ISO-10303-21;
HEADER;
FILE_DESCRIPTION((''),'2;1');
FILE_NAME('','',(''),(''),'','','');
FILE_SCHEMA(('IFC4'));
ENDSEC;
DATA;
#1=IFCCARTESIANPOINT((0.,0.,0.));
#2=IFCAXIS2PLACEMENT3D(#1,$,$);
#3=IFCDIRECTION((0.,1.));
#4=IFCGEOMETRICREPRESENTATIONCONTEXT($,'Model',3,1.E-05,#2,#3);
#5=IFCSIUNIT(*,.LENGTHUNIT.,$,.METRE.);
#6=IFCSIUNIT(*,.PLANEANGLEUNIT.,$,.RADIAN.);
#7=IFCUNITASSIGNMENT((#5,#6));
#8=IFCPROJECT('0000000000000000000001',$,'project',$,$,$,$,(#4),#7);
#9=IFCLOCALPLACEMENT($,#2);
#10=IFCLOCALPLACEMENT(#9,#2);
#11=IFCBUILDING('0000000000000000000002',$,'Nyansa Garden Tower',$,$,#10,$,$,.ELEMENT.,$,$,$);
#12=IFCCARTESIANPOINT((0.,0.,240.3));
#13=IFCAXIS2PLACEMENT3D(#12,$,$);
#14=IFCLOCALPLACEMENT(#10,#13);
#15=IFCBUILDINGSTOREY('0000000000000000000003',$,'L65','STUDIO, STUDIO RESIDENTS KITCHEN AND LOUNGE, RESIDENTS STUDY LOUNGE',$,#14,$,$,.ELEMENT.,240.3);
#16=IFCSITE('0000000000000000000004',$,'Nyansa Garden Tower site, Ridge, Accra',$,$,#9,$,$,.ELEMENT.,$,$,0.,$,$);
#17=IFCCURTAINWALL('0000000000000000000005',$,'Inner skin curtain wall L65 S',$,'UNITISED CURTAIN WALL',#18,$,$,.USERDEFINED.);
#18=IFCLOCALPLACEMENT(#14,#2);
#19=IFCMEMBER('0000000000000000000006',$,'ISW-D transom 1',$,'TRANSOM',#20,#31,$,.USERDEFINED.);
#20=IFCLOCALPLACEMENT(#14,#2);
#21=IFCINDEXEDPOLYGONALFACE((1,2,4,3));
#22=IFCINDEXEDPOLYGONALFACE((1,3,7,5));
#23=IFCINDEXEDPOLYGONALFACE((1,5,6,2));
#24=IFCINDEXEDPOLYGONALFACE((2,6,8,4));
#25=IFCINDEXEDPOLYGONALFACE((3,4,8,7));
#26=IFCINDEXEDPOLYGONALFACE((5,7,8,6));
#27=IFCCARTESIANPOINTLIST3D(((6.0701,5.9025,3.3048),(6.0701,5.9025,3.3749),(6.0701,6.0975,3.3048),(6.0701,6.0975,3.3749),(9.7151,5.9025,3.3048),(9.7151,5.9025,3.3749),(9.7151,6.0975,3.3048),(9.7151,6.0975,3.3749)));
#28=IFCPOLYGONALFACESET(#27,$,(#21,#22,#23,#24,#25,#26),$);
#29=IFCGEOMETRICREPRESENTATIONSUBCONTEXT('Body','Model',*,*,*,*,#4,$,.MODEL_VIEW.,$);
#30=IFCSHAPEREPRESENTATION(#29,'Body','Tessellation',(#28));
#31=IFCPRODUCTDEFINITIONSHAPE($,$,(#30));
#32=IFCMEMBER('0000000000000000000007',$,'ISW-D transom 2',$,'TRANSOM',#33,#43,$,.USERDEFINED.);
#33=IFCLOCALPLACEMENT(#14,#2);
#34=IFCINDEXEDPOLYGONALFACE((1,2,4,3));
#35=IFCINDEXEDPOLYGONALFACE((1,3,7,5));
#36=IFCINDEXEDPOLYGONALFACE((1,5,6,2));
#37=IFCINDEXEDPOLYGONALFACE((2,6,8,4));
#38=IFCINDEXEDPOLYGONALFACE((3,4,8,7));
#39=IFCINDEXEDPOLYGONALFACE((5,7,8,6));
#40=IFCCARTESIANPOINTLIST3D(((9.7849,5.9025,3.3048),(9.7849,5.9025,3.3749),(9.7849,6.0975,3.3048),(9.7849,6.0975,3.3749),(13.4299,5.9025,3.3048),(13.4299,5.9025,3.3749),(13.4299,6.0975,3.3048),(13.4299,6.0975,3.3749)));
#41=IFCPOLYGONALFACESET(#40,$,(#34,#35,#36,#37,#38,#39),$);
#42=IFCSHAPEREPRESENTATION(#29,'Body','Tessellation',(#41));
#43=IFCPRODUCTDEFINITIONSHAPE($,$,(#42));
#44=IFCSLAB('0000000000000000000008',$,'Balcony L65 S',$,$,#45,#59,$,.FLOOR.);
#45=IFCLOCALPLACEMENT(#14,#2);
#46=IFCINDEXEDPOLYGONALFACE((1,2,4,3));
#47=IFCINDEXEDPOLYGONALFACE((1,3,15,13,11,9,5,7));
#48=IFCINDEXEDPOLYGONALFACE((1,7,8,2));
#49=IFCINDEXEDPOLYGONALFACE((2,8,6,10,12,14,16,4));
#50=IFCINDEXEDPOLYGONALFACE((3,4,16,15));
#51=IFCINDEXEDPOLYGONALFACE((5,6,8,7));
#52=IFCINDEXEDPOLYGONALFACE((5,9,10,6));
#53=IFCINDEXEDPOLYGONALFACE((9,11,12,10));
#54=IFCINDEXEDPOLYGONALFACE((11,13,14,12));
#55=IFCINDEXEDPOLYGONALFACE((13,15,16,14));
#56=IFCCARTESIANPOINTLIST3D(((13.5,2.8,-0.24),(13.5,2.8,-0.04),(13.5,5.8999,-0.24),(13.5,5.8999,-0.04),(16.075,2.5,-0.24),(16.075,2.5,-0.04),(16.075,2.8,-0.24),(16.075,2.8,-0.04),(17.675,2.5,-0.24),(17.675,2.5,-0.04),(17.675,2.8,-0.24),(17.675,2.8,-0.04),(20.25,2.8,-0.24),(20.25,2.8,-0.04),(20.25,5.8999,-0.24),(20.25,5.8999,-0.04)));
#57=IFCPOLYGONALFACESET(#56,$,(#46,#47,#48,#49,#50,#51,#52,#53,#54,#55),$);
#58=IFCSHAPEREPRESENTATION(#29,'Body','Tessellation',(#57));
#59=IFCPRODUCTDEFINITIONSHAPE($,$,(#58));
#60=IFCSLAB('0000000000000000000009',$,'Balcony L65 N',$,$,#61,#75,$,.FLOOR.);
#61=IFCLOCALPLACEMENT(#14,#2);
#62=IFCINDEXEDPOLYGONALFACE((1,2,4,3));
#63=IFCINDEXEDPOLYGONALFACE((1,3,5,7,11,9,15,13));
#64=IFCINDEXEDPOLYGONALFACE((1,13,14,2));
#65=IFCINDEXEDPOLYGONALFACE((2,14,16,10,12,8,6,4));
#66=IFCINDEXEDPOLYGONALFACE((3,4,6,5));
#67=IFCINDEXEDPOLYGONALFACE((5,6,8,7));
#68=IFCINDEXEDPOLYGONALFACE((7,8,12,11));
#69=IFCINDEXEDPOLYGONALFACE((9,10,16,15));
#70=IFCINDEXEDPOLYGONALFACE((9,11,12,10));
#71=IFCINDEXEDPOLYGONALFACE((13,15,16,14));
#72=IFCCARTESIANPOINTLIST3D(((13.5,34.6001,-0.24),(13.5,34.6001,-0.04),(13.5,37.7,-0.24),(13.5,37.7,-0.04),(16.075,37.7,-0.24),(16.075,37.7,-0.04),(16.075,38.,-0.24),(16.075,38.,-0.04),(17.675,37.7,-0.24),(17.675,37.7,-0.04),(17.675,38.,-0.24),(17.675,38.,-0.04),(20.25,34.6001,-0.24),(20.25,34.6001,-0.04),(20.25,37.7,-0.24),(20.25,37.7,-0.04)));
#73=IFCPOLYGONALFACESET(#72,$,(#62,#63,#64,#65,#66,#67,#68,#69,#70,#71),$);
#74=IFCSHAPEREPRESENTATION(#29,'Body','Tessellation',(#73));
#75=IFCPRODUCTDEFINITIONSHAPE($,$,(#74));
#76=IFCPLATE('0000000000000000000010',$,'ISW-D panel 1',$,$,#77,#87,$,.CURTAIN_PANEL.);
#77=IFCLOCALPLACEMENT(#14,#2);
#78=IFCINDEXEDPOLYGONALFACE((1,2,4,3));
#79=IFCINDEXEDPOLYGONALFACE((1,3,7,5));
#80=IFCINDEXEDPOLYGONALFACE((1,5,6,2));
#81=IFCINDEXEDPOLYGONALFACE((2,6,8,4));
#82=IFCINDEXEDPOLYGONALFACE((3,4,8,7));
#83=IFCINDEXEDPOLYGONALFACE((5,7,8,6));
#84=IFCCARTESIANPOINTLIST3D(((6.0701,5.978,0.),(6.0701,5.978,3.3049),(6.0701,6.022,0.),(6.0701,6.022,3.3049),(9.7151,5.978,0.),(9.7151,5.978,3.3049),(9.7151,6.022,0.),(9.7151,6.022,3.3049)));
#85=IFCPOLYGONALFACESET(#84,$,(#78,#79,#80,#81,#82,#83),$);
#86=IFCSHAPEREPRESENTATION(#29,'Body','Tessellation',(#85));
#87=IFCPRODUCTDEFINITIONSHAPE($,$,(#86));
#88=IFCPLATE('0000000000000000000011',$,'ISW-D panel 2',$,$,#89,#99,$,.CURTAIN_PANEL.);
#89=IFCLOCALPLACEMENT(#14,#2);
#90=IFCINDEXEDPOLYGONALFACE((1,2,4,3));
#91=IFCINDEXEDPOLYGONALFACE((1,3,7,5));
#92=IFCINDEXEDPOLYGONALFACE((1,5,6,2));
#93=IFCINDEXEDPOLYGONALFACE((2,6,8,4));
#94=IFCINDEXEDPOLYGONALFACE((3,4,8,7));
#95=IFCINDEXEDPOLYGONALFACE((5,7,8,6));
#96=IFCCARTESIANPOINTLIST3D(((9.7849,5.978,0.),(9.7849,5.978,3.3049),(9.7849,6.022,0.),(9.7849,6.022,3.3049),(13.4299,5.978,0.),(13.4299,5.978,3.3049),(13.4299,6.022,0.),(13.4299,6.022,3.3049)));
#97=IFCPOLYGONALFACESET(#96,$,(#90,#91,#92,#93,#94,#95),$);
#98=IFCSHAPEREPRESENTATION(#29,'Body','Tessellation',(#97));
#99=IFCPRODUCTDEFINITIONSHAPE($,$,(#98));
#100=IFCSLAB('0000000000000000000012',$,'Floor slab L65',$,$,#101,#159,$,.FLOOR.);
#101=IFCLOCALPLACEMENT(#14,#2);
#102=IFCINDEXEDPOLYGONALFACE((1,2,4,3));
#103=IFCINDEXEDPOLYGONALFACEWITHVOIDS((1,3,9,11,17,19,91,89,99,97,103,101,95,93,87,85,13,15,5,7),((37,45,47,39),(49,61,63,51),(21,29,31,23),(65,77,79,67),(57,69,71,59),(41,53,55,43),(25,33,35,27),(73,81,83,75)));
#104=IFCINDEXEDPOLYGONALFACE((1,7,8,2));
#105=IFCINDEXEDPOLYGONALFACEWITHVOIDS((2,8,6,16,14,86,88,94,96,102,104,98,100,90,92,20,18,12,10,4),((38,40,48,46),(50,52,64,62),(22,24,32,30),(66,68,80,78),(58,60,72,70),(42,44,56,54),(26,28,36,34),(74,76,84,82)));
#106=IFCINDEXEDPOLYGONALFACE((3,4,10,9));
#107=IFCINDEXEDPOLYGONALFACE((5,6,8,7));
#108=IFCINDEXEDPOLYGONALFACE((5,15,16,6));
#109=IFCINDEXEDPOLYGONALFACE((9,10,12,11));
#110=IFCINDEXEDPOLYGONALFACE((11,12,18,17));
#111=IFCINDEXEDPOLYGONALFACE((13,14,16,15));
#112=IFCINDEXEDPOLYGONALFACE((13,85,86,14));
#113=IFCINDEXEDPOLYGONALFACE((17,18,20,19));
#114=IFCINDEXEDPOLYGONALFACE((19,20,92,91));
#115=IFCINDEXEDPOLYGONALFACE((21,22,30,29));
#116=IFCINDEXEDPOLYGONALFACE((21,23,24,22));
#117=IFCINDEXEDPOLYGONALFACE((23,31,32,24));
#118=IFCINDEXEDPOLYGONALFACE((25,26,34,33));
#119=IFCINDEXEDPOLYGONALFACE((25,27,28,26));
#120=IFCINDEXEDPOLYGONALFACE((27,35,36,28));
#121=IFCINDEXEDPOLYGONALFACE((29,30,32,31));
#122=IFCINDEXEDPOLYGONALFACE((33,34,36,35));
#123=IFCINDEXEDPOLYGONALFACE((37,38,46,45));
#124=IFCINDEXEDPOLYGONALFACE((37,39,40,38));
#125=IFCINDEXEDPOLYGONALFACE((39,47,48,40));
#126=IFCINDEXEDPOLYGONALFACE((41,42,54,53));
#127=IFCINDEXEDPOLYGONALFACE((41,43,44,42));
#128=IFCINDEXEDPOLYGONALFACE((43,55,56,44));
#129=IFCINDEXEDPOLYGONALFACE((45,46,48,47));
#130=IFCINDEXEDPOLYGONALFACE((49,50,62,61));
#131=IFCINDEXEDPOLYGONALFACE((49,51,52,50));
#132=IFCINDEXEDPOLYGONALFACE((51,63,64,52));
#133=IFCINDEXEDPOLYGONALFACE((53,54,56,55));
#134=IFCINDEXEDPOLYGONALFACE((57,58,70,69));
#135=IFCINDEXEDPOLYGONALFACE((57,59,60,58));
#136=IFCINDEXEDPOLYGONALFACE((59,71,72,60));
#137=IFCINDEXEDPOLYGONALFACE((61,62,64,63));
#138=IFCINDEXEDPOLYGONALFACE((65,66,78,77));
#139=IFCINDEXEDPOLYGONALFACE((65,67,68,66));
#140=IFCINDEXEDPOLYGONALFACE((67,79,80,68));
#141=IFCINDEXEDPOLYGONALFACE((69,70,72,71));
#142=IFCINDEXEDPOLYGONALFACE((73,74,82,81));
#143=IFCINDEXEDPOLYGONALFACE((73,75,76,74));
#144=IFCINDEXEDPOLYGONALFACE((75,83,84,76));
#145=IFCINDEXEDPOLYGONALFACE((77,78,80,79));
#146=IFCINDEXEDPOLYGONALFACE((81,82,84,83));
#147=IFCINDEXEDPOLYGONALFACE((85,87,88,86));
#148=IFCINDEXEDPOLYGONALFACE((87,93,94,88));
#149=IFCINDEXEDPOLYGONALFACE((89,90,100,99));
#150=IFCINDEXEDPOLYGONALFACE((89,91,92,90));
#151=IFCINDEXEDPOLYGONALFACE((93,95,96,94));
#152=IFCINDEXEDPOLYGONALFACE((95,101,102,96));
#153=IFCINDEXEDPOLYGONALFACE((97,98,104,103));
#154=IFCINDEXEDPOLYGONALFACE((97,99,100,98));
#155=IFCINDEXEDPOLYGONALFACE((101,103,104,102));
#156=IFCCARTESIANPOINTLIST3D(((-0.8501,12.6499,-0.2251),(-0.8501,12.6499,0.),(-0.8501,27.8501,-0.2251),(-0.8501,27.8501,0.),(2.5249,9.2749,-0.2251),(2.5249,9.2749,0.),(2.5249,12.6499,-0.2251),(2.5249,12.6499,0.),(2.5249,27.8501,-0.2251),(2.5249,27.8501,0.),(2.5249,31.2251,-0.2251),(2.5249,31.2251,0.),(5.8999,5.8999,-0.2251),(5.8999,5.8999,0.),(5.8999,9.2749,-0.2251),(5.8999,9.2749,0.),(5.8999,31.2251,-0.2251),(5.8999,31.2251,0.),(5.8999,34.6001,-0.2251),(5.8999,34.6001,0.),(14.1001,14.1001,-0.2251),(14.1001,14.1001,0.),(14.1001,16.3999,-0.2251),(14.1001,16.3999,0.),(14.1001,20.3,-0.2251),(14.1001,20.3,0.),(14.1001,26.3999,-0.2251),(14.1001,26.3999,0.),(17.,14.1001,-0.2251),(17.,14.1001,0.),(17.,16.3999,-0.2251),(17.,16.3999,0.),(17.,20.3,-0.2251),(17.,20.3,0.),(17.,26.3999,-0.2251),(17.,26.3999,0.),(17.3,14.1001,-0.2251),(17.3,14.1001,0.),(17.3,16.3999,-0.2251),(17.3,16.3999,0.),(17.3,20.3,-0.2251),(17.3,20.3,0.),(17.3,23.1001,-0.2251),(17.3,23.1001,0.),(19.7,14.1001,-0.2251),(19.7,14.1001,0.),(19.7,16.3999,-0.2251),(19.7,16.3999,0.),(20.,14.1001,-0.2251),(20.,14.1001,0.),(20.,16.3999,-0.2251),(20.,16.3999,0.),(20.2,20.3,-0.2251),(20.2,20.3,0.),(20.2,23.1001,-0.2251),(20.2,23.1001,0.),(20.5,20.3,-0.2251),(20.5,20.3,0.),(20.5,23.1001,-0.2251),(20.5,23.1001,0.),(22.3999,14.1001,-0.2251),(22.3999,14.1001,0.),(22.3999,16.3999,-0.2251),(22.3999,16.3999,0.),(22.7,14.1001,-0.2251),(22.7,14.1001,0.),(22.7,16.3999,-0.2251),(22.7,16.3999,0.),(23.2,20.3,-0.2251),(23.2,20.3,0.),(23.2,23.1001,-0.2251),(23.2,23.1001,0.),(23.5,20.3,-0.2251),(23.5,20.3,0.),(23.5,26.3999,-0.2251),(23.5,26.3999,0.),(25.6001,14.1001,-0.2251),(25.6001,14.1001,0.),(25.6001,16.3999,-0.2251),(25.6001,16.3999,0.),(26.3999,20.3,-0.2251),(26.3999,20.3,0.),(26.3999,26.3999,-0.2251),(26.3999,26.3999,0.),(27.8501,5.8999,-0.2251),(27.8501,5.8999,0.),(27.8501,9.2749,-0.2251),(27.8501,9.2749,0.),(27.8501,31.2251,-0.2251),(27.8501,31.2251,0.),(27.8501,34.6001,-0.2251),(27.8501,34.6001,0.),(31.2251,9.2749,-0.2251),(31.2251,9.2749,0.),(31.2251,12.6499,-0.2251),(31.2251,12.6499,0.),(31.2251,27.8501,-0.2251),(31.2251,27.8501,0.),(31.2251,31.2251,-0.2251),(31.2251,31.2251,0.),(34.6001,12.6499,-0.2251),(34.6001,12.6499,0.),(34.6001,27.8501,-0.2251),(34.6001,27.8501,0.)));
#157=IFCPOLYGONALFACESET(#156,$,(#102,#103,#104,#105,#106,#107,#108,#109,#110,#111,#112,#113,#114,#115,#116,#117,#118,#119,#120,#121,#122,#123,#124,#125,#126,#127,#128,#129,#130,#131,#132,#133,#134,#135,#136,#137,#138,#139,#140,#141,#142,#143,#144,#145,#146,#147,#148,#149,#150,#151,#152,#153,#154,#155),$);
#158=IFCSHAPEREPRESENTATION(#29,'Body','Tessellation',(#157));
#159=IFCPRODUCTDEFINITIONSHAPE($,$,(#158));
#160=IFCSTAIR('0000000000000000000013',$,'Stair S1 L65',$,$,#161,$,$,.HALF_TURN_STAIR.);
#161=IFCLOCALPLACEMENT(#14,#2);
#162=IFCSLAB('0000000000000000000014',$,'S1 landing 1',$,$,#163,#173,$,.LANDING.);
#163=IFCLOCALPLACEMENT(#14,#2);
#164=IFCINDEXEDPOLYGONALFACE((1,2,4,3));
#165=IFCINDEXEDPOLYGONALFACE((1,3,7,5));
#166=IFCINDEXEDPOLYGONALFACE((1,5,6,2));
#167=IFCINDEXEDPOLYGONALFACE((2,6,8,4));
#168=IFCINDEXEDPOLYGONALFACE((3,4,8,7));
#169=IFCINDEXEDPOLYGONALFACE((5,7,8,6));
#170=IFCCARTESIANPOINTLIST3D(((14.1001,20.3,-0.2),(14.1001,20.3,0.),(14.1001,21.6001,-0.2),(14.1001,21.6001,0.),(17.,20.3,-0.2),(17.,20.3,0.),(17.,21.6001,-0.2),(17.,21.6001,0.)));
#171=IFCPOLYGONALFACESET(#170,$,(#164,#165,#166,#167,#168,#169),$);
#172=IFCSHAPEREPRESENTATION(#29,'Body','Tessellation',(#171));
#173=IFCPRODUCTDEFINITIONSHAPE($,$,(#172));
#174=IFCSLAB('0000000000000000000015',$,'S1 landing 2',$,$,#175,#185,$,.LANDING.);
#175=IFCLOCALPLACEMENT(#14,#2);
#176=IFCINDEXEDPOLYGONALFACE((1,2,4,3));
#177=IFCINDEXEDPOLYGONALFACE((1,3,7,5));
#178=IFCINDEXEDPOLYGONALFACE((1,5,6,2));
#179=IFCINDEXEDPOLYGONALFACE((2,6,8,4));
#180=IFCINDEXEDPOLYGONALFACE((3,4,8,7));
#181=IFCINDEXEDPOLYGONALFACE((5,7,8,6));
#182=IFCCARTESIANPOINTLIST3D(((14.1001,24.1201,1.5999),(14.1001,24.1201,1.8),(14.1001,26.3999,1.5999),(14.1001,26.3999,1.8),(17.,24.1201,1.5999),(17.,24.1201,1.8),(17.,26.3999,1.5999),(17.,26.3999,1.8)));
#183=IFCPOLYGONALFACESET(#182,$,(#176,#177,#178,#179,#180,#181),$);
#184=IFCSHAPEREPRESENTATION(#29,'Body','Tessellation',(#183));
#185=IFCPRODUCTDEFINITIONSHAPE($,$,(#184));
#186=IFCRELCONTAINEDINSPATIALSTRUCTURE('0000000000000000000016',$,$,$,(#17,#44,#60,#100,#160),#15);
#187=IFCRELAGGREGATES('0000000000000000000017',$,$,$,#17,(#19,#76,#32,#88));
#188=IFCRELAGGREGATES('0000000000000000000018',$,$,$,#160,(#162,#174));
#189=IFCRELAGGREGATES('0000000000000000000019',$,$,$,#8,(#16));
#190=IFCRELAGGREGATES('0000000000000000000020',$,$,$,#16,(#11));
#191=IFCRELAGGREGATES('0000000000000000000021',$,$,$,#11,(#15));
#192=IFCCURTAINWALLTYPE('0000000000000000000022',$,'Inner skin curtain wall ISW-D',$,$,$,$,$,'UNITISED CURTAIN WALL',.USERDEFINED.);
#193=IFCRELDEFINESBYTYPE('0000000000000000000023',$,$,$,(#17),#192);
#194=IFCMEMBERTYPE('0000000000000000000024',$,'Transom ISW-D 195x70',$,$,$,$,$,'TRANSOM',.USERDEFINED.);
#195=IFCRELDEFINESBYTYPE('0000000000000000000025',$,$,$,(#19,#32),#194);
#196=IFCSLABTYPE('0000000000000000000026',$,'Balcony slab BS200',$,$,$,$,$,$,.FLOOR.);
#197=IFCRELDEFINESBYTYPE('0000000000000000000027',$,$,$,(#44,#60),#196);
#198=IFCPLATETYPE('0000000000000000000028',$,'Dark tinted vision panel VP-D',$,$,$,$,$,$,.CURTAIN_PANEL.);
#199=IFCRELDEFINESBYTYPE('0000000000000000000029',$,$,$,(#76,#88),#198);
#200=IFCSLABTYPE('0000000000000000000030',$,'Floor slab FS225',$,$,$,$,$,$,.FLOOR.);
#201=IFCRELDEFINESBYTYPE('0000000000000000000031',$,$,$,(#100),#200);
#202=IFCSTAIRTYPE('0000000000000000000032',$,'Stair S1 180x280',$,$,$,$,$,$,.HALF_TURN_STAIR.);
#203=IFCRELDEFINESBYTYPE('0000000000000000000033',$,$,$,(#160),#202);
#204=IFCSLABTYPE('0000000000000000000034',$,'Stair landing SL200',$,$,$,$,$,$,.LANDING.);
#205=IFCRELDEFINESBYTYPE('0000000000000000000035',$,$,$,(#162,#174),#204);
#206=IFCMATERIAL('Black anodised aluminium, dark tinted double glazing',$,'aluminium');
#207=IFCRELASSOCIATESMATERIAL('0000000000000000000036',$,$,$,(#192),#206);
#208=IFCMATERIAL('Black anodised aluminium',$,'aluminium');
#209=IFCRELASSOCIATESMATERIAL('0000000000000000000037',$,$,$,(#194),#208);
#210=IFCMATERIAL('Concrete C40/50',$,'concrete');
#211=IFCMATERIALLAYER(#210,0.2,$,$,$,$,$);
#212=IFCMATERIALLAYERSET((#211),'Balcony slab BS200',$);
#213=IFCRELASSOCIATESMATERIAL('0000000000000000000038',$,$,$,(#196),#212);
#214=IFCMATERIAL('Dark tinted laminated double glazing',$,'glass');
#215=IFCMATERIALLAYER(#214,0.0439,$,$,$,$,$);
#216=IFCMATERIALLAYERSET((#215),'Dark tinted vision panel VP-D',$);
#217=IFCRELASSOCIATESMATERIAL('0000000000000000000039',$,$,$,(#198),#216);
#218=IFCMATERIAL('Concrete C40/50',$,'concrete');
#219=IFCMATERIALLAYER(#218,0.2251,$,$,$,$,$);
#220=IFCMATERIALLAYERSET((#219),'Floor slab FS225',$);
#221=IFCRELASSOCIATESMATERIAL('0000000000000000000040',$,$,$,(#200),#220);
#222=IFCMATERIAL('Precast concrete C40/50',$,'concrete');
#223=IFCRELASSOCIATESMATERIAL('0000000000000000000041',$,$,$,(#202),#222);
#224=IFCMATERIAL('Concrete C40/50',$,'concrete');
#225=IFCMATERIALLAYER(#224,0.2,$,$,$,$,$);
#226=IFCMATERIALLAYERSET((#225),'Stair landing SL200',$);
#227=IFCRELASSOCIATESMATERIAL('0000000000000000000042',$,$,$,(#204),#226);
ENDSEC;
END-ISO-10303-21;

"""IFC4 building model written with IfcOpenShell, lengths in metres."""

from ifc_helpers import new_model, si_unit, direction, frame, origin, origin_2d, place, context, subcontext, project, spatial, polyline, rectangle, outline, extrude, material, layer, layer_set, material_profile, profile_set, type_object, element, aggregate, save


model = new_model("IFC4")

# Units and contexts
model_context = context("Model", 3, precision=1e-05, world=origin(), true_north=direction((0.0, 1.0)))
body_context = subcontext(model_context, "Body", "Model", "MODEL_VIEW")
ifc_project = project(units=[si_unit("LENGTHUNIT", "METRE"), si_unit("PLANEANGLEUNIT", "RADIAN")], contexts=[model_context])

# Site, building, storey
site_placement = place(None, origin())
site = spatial("IfcSite", under=ifc_project, at=site_placement, Name="Nyansa Garden Tower site, Ridge, Accra", CompositionType="ELEMENT", RefElevation=0.0)
building_placement = place(site_placement, origin())
building = spatial("IfcBuilding", under=site, at=building_placement, Name="Nyansa Garden Tower", CompositionType="ELEMENT")
storey_placement = place(building_placement, frame((0.0, 0.0, 240.3)))
storey = spatial("IfcBuildingStorey", under=building, at=storey_placement, Name="L65", Description="STUDIO, STUDIO RESIDENTS KITCHEN AND LOUNGE, RESIDENTS STUDY LOUNGE", CompositionType="ELEMENT", Elevation=240.3)

# Curtain wall
ifc_material_1 = material(Name="Black anodised aluminium, dark tinted double glazing", Category="aluminium")
curtain_wall_type = type_object("IfcCurtainWallType", Name="Inner skin curtain wall ISW-D", ElementType="UNITISED CURTAIN WALL", PredefinedType="USERDEFINED", material=ifc_material_1)
curtain_wall_placement = place(storey_placement, origin())
curtain_wall = element("IfcCurtainWall", 1, at=curtain_wall_placement, inside=storey, type_object=curtain_wall_type, Name="Inner skin curtain wall L65 S", ObjectType="UNITISED CURTAIN WALL", PredefinedType="USERDEFINED")

# Members
ifc_material_2 = material(Name="Black anodised aluminium", Category="aluminium")
ifc_material_profile_1 = material_profile(ifc_material_2, rectangle(XDim=0.1951, YDim=0.0701, at=origin_2d()), Name="Transom 195x70")
ifc_profile_set_1 = profile_set([ifc_material_profile_1], Name="Black anodised aluminium")
member_type_1 = type_object("IfcMemberType", Name="Transom ISW-D 195x70", ElementType="TRANSOM", PredefinedType="USERDEFINED", material=ifc_profile_set_1)
member_1_placement = place(storey_placement, frame((6.0701, 6.0, 3.3398), z_axis=(1.0, 0.0, 0.0), x_axis=(0.0, 1.0, 0.0)))
member_1 = element("IfcMember", 2, at=member_1_placement, type_object=member_type_1, Name="ISW-D transom 1", ObjectType="TRANSOM", PredefinedType="USERDEFINED", context=body_context, shape_type="SweptSolid", body=[
    extrude(rectangle(XDim=0.1951, YDim=0.0701, at=origin_2d()), origin(), (0.0, 0.0, 1.0), 3.645),
])
member_2_placement = place(storey_placement, frame((9.7849, 6.0, 3.3398), z_axis=(1.0, 0.0, 0.0), x_axis=(0.0, 1.0, 0.0)))
member_2 = element("IfcMember", 3, at=member_2_placement, type_object=member_type_1, Name="ISW-D transom 2", ObjectType="TRANSOM", PredefinedType="USERDEFINED", context=body_context, shape_type="SweptSolid", body=[
    extrude(rectangle(XDim=0.1951, YDim=0.0701, at=origin_2d()), origin(), (0.0, 0.0, 1.0), 3.645),
])

# Slabs
ifc_material_3 = material(Name="Concrete C40/50", Category="concrete")
ifc_layer_1 = layer(ifc_material_3, 0.2)
ifc_layer_set_1 = layer_set([ifc_layer_1], Name="Balcony slab BS200")
slab_type_1 = type_object("IfcSlabType", Name="Balcony slab BS200", PredefinedType="FLOOR", material=ifc_layer_set_1)
slab_1_placement = place(storey_placement, frame((0.0, 0.0, -0.24)))
element("IfcSlab", 4, at=slab_1_placement, inside=storey, type_object=slab_type_1, Name="Balcony L65 S", PredefinedType="FLOOR", context=body_context, shape_type="SweptSolid", body=[
    extrude(outline(polyline([(13.5, 5.8999), (20.25, 5.8999), (20.25, 2.8), (17.675, 2.8), (17.675, 2.5), (16.075, 2.5), (16.075, 2.8), (13.5, 2.8), (13.5, 5.8999)])), origin(), (0.0, 0.0, 1.0), 0.2),
])
slab_2_placement = place(storey_placement, frame((0.0, 0.0, -0.24)))
element("IfcSlab", 5, at=slab_2_placement, inside=storey, type_object=slab_type_1, Name="Balcony L65 N", PredefinedType="FLOOR", context=body_context, shape_type="SweptSolid", body=[
    extrude(outline(polyline([(13.5, 34.6001), (20.25, 34.6001), (20.25, 37.7), (17.675, 37.7), (17.675, 38.0), (16.075, 38.0), (16.075, 37.7), (13.5, 37.7), (13.5, 34.6001)])), origin(), (0.0, 0.0, 1.0), 0.2),
])

# Plates
ifc_material_4 = material(Name="Dark tinted laminated double glazing", Category="glass")
ifc_layer_2 = layer(ifc_material_4, 0.0439)
ifc_layer_set_2 = layer_set([ifc_layer_2], Name="Dark tinted vision panel VP-D")
plate_type = type_object("IfcPlateType", Name="Dark tinted vision panel VP-D", PredefinedType="CURTAIN_PANEL", material=ifc_layer_set_2)
plate_1_placement = place(storey_placement, frame((7.8926, 6.0, 0.0), z_axis=(0.0, 0.0, 1.0), x_axis=(1.0, 0.0, 0.0)))
plate_1 = element("IfcPlate", 6, at=plate_1_placement, type_object=plate_type, Name="ISW-D panel 1", PredefinedType="CURTAIN_PANEL", context=body_context, shape_type="SweptSolid", body=[
    extrude(rectangle(XDim=3.645, YDim=0.0439, at=origin_2d()), origin(), (0.0, 0.0, 1.0), 3.3049),
])
plate_2_placement = place(storey_placement, frame((11.6074, 6.0, 0.0), z_axis=(0.0, 0.0, 1.0), x_axis=(1.0, 0.0, 0.0)))
plate_2 = element("IfcPlate", 7, at=plate_2_placement, type_object=plate_type, Name="ISW-D panel 2", PredefinedType="CURTAIN_PANEL", context=body_context, shape_type="SweptSolid", body=[
    extrude(rectangle(XDim=3.645, YDim=0.0439, at=origin_2d()), origin(), (0.0, 0.0, 1.0), 3.3049),
])
aggregate(curtain_wall, [member_1, plate_1, member_2, plate_2])

# Slab
ifc_material_5 = material(Name="Concrete C40/50", Category="concrete")
ifc_layer_3 = layer(ifc_material_5, 0.2251)
ifc_layer_set_3 = layer_set([ifc_layer_3], Name="Floor slab FS225")
slab_type_2 = type_object("IfcSlabType", Name="Floor slab FS225", PredefinedType="FLOOR", material=ifc_layer_set_3)
slab_3_placement = place(storey_placement, frame((0.0, 0.0, -0.2251)))
element("IfcSlab", 8, at=slab_3_placement, inside=storey, type_object=slab_type_2, Name="Floor slab L65", PredefinedType="FLOOR", context=body_context, shape_type="SweptSolid", body=[
    extrude(outline(polyline([(34.6001, 12.6499), (31.2251, 12.6499), (31.2251, 9.2749), (27.8501, 9.2749), (27.8501, 5.8999), (5.8999, 5.8999), (5.8999, 9.2749), (2.5249, 9.2749), (2.5249, 12.6499), (-0.8501, 12.6499), (-0.8501, 27.8501), (2.5249, 27.8501), (2.5249, 31.2251), (5.8999, 31.2251), (5.8999, 34.6001), (27.8501, 34.6001), (27.8501, 31.2251), (31.2251, 31.2251), (31.2251, 27.8501), (34.6001, 27.8501), (34.6001, 12.6499)]), holes=[polyline([(14.1001, 14.1001), (17.0, 14.1001), (17.0, 16.3999), (14.1001, 16.3999), (14.1001, 14.1001)]), polyline([(17.3, 14.1001), (19.7, 14.1001), (19.7, 16.3999), (17.3, 16.3999), (17.3, 14.1001)]), polyline([(20.0, 14.1001), (22.3999, 14.1001), (22.3999, 16.3999), (20.0, 16.3999), (20.0, 14.1001)]), polyline([(22.7, 14.1001), (25.6001, 14.1001), (25.6001, 16.3999), (22.7, 16.3999), (22.7, 14.1001)]), polyline([(17.3, 20.3), (20.2, 20.3), (20.2, 23.1001), (17.3, 23.1001), (17.3, 20.3)]), polyline([(20.5, 20.3), (23.2, 20.3), (23.2, 23.1001), (20.5, 23.1001), (20.5, 20.3)]), polyline([(14.1001, 20.3), (17.0, 20.3), (17.0, 26.3999), (14.1001, 26.3999), (14.1001, 20.3)]), polyline([(23.5, 20.3), (26.3999, 20.3), (26.3999, 26.3999), (23.5, 26.3999), (23.5, 20.3)])]), origin(), (0.0, 0.0, 1.0), 0.2251),
])

# Stair, slabs
ifc_material_6 = material(Name="Precast concrete C40/50", Category="concrete")
stair_type_1 = type_object("IfcStairType", Name="Stair S1 180x280", PredefinedType="HALF_TURN_STAIR", material=ifc_material_6)
stair_1_placement = place(storey_placement, origin())
stair_1 = element("IfcStair", 9, at=stair_1_placement, inside=storey, type_object=stair_type_1, Name="Stair S1 L65", PredefinedType="HALF_TURN_STAIR")
ifc_material_7 = material(Name="Concrete C40/50", Category="concrete")
ifc_layer_4 = layer(ifc_material_7, 0.2)
ifc_layer_set_4 = layer_set([ifc_layer_4], Name="Stair landing SL200")
slab_type_3 = type_object("IfcSlabType", Name="Stair landing SL200", PredefinedType="LANDING", material=ifc_layer_set_4)
slab_4_placement = place(storey_placement, frame((0.0, 0.0, -0.2)))
slab_4 = element("IfcSlab", 10, at=slab_4_placement, type_object=slab_type_3, Name="S1 landing 1", PredefinedType="LANDING", context=body_context, shape_type="SweptSolid", body=[
    extrude(outline(polyline([(14.1001, 20.3), (17.0, 20.3), (17.0, 21.6001), (14.1001, 21.6001), (14.1001, 20.3)])), origin(), (0.0, 0.0, 1.0), 0.2),
])
slab_5_placement = place(storey_placement, frame((0.0, 0.0, 1.5999)))
slab_5 = element("IfcSlab", 11, at=slab_5_placement, type_object=slab_type_3, Name="S1 landing 2", PredefinedType="LANDING", context=body_context, shape_type="SweptSolid", body=[
    extrude(outline(polyline([(14.1001, 24.1201), (17.0, 24.1201), (17.0, 26.3999), (14.1001, 26.3999), (14.1001, 24.1201)])), origin(), (0.0, 0.0, 1.0), 0.2002),
])
aggregate(stair_1, [slab_4, slab_5])

save(model, "model.ifc")
